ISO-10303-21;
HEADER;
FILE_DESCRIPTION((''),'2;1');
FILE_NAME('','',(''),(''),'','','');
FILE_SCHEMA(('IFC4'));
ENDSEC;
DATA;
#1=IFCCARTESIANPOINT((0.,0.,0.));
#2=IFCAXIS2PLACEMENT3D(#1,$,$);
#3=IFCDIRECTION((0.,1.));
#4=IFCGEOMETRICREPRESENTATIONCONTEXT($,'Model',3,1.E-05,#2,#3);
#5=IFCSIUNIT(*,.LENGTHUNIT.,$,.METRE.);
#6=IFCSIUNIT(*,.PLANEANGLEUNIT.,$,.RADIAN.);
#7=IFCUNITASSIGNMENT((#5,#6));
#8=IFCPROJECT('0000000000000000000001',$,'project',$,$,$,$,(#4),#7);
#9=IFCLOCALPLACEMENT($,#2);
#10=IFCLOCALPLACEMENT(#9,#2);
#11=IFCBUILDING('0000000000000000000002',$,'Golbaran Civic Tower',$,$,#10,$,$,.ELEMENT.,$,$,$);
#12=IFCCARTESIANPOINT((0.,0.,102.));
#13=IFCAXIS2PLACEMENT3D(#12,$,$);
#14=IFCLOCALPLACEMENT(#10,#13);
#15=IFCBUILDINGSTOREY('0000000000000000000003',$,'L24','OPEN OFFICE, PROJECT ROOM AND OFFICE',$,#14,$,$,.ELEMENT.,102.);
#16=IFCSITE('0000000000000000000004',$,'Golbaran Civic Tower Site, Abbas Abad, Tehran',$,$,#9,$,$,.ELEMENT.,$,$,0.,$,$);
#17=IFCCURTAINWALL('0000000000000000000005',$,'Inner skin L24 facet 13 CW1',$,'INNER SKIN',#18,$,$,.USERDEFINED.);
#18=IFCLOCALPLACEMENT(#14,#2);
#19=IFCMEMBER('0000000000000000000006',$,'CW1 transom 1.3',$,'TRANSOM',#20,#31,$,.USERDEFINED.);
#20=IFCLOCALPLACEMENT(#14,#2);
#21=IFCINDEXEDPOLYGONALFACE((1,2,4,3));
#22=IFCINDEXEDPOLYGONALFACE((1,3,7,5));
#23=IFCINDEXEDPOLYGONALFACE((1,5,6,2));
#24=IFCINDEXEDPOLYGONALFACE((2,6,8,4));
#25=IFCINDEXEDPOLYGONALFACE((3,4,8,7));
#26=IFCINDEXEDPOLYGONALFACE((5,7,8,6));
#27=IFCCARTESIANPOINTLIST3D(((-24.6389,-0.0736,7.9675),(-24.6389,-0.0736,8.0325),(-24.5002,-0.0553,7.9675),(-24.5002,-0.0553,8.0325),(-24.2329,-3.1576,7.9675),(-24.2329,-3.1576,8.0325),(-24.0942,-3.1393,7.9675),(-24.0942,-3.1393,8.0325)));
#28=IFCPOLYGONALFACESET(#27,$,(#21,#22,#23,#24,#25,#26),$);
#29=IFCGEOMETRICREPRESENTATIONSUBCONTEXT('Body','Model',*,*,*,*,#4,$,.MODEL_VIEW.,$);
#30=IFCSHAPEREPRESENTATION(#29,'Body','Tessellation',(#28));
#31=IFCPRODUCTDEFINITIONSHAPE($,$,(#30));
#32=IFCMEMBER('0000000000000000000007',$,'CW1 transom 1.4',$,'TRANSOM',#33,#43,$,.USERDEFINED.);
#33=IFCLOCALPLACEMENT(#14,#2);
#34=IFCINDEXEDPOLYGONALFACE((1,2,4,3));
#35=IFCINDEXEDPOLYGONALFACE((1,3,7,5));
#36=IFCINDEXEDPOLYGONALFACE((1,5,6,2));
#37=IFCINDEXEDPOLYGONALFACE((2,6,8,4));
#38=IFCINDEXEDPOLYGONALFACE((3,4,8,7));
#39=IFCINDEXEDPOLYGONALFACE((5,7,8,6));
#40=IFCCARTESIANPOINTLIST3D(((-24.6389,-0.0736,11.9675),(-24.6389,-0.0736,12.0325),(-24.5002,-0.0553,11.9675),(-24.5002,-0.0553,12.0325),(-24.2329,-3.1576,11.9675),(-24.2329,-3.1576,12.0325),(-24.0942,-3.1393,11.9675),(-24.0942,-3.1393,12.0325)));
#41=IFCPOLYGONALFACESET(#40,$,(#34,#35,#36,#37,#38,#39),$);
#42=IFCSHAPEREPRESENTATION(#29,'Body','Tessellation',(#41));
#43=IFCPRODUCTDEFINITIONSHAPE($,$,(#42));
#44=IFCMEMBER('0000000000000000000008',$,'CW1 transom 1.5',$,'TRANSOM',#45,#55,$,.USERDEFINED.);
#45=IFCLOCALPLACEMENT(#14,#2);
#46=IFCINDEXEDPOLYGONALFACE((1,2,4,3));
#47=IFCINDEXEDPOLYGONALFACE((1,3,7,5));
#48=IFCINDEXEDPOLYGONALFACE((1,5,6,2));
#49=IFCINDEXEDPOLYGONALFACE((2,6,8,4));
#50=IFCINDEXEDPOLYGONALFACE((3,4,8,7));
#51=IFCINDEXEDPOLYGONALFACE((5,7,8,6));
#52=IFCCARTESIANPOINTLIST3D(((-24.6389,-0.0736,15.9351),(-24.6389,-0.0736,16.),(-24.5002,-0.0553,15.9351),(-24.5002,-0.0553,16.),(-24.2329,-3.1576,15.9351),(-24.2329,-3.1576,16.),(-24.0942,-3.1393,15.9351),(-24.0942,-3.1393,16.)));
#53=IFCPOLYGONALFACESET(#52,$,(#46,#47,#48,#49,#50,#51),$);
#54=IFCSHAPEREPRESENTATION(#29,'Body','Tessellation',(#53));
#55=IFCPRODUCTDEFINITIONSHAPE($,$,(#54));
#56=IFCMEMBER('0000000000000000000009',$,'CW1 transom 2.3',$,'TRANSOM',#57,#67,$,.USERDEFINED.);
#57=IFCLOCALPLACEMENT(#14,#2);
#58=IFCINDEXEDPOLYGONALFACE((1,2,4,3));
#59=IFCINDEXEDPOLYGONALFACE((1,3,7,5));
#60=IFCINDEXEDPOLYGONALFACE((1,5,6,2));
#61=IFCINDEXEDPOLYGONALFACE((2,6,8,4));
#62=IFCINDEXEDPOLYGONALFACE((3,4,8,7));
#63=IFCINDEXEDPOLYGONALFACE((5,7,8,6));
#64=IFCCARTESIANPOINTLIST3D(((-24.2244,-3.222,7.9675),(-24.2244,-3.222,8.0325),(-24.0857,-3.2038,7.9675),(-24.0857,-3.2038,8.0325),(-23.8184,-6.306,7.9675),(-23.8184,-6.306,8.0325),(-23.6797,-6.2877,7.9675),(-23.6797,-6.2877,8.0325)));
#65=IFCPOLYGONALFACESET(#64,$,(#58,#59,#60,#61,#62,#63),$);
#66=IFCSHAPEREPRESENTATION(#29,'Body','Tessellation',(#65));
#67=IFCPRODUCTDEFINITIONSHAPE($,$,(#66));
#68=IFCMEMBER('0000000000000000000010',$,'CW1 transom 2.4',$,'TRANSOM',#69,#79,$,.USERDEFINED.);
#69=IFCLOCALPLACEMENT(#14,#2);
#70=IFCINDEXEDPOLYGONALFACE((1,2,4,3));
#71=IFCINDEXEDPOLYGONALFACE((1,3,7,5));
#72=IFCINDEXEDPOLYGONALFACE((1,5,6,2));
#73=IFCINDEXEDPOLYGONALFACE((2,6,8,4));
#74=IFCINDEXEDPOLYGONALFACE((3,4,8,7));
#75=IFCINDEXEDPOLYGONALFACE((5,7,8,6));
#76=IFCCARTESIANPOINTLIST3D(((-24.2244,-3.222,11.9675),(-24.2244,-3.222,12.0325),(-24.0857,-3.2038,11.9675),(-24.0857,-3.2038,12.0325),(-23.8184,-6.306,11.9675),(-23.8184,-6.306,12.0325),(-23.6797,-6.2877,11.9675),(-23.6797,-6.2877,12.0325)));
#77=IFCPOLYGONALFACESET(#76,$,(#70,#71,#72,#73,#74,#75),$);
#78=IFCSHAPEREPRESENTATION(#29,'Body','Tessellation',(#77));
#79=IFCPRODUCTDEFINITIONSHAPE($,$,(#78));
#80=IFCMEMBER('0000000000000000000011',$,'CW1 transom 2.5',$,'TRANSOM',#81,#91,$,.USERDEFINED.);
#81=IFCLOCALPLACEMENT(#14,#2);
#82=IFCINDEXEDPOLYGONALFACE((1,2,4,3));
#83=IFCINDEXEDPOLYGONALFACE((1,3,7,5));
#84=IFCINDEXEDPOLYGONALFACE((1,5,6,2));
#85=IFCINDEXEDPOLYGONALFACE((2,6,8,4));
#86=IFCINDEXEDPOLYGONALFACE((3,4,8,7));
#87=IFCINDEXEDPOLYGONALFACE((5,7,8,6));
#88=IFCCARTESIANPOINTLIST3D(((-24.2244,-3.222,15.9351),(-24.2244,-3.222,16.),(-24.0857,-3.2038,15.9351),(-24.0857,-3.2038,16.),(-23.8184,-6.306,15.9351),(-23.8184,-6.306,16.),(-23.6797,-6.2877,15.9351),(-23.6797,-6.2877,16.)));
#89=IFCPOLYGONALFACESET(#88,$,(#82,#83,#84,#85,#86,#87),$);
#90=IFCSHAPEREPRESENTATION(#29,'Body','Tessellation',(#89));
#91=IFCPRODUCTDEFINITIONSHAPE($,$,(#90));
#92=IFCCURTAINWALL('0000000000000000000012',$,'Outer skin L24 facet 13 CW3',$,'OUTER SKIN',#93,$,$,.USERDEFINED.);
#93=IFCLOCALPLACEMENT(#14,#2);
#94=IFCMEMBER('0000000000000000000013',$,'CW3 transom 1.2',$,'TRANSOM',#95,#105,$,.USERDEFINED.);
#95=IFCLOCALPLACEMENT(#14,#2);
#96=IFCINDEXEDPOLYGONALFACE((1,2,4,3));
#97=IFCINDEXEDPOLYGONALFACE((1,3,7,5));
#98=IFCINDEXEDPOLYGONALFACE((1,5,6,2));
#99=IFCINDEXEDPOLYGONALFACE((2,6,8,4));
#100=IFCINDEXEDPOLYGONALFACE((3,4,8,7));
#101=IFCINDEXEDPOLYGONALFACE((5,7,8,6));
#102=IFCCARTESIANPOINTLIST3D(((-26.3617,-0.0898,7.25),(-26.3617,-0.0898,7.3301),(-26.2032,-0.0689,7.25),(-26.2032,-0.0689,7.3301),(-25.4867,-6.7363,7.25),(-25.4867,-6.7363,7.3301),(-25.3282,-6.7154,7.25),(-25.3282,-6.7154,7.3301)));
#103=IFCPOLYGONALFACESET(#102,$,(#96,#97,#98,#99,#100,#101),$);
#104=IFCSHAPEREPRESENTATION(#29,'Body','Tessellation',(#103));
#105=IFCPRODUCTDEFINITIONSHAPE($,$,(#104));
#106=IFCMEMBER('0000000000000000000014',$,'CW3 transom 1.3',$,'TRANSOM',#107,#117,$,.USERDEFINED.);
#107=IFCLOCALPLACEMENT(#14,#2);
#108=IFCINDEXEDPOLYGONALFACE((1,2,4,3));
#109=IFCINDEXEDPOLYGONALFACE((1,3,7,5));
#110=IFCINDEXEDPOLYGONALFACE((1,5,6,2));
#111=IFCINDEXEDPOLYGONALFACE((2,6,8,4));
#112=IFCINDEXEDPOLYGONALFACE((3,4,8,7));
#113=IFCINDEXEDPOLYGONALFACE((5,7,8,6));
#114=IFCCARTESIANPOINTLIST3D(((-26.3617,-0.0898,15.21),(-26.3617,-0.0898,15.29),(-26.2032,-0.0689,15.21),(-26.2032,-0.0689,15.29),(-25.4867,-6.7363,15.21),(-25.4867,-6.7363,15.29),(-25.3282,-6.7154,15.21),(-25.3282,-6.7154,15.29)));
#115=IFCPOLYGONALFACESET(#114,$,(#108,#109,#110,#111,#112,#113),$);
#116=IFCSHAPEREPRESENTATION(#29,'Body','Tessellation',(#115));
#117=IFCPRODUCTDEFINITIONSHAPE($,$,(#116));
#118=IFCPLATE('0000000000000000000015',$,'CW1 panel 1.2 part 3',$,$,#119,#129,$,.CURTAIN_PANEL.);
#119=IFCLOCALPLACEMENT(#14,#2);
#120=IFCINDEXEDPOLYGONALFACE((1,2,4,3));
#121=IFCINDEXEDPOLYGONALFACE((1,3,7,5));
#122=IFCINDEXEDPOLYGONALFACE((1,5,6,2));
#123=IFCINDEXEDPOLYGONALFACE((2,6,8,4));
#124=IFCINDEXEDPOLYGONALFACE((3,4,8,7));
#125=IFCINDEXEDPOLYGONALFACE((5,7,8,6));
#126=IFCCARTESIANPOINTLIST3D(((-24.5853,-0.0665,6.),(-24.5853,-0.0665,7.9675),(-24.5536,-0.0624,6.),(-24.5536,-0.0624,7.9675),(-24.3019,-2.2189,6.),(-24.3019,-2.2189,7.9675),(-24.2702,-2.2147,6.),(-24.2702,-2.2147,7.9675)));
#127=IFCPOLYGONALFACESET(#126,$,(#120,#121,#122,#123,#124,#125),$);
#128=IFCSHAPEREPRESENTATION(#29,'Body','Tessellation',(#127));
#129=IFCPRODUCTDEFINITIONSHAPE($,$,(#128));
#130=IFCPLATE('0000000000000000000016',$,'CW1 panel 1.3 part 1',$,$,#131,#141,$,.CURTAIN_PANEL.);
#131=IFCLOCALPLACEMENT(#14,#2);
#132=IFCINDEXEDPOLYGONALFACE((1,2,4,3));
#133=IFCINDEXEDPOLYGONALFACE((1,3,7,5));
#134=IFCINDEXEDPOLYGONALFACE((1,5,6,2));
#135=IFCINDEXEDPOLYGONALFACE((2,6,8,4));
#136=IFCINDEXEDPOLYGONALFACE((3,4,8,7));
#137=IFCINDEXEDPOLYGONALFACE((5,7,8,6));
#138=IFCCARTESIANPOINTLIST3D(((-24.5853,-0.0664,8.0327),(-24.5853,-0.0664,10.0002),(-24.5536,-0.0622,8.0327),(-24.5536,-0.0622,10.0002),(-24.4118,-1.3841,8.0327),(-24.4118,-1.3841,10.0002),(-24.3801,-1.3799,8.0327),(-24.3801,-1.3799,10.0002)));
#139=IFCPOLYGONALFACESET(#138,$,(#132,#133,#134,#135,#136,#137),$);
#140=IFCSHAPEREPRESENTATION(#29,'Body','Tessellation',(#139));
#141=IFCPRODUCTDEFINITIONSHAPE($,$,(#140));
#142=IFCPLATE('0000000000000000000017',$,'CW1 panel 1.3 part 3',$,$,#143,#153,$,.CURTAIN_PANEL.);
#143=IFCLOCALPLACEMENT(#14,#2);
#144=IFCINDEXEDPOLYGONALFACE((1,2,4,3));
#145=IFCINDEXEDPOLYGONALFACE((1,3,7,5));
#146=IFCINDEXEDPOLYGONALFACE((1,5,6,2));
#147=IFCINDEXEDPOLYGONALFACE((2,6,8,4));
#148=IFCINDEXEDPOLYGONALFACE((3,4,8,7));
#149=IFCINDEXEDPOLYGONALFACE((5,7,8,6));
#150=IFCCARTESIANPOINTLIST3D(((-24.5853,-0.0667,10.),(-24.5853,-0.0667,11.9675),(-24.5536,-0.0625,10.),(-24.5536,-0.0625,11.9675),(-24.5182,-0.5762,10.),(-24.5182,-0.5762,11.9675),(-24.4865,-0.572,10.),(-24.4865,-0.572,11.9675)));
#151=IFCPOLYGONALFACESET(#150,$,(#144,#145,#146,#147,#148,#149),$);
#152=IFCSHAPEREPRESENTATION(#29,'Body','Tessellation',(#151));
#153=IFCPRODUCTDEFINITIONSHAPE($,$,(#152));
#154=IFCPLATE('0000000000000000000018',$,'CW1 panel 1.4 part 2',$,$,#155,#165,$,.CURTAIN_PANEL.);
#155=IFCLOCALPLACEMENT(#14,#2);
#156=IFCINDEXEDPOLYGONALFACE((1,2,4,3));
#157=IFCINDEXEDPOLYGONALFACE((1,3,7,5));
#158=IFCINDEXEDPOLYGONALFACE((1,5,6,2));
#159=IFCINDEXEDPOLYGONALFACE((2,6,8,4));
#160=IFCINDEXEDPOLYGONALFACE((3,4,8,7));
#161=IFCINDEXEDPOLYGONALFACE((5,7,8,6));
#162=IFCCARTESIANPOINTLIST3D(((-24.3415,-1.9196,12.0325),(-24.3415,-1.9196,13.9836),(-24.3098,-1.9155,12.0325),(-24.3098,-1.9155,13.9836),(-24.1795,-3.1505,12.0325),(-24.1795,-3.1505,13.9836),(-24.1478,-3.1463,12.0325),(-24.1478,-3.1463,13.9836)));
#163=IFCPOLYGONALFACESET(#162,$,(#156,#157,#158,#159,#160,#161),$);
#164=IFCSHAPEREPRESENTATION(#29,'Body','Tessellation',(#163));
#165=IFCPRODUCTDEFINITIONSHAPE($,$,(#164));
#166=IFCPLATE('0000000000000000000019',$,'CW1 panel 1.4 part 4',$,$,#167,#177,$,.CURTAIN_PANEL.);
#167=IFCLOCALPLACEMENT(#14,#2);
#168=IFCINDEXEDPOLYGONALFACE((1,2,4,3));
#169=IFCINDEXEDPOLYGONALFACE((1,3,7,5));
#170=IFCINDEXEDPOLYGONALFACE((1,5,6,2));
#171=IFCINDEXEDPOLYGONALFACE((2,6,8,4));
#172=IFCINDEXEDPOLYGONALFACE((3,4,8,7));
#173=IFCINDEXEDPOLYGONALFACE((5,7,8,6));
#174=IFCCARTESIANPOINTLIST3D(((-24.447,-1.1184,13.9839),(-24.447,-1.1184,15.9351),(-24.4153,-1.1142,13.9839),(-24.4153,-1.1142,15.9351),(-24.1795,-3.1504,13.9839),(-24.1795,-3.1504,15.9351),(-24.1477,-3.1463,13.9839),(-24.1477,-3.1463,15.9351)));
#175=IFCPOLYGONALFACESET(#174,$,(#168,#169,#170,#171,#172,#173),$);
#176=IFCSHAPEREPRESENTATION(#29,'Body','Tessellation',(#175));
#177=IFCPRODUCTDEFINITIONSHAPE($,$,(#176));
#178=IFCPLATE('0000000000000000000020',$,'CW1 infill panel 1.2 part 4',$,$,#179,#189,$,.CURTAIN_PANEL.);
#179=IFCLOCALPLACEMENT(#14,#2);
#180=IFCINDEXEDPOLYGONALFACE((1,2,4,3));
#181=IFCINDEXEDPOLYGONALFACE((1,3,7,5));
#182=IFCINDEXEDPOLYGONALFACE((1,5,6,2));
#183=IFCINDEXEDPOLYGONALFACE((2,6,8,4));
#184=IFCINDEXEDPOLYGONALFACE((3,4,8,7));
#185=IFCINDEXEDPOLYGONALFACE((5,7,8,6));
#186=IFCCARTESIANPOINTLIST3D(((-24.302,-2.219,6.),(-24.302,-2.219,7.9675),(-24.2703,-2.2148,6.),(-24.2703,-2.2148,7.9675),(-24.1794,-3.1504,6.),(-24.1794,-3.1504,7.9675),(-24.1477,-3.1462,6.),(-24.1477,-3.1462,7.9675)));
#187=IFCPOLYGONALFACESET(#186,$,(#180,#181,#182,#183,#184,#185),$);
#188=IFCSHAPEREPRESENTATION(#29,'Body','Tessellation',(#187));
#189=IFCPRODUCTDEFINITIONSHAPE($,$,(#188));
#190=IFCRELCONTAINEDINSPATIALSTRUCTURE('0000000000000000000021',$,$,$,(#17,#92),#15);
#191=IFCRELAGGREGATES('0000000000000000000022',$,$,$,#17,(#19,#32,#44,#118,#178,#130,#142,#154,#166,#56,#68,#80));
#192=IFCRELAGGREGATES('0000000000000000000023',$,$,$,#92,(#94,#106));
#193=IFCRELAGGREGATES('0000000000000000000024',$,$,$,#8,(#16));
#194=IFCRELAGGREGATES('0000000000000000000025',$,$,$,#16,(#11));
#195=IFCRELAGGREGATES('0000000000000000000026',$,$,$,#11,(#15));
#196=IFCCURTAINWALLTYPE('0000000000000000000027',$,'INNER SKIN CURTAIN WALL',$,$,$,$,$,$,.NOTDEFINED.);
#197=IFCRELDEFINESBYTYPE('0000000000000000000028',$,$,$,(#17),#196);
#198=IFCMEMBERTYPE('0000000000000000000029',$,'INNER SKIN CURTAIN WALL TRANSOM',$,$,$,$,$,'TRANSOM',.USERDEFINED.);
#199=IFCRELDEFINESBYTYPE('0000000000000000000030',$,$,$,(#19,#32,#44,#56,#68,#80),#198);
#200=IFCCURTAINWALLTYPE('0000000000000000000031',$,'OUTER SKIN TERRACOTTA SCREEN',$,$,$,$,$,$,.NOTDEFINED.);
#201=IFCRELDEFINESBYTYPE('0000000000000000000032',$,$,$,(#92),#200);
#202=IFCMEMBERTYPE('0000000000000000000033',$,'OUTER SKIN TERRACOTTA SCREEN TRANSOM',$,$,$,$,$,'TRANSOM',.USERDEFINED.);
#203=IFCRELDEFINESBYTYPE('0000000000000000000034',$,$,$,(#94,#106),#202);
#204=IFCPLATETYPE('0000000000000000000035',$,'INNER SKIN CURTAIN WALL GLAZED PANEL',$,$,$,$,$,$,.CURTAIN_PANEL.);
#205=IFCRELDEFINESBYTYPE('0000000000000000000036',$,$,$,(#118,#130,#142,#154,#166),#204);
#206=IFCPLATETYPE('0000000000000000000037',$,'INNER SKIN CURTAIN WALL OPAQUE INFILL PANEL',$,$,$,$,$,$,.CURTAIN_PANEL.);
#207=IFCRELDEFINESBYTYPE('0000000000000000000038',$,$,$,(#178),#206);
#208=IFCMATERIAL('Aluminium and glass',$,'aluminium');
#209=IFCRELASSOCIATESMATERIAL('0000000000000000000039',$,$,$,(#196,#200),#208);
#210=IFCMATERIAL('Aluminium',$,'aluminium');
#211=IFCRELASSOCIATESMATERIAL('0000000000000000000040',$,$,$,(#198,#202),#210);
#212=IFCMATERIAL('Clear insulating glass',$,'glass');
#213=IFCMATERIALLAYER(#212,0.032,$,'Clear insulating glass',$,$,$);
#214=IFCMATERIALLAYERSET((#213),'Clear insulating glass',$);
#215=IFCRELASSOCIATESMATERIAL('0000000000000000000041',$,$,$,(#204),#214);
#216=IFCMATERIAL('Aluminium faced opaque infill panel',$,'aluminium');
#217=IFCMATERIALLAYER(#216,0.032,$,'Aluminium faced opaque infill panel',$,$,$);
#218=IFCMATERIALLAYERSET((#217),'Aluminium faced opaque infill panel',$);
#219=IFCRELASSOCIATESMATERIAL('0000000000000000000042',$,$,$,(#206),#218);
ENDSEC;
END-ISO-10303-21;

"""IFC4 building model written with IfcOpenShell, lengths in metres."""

from ifc_helpers import new_model, si_unit, direction, frame, origin, origin_2d, place, context, subcontext, project, spatial, rectangle, extrude, material, layer, layer_set, material_profile, profile_set, type_object, element, aggregate, save


model = new_model("IFC4")

# Units and contexts
model_context = context("Model", 3, precision=1e-05, world=origin(), true_north=direction((0.0, 1.0)))
body_context = subcontext(model_context, "Body", "Model", "MODEL_VIEW")
ifc_project = project(units=[si_unit("LENGTHUNIT", "METRE"), si_unit("PLANEANGLEUNIT", "RADIAN")], contexts=[model_context])

# Site, building, storey
site_placement = place(None, origin())
site = spatial("IfcSite", under=ifc_project, at=site_placement, Name="Golbaran Civic Tower Site, Abbas Abad, Tehran", CompositionType="ELEMENT", RefElevation=0.0)
building_placement = place(site_placement, origin())
building = spatial("IfcBuilding", under=site, at=building_placement, Name="Golbaran Civic Tower", CompositionType="ELEMENT")
storey_placement = place(building_placement, frame((0.0, 0.0, 102.0)))
storey = spatial("IfcBuildingStorey", under=building, at=storey_placement, Name="L24", Description="OPEN OFFICE, PROJECT ROOM AND OFFICE", CompositionType="ELEMENT", Elevation=102.0)

# Curtain walls, members
ifc_material_1 = material(Name="Aluminium and glass", Category="aluminium")
curtain_wall_type_1 = type_object("IfcCurtainWallType", Name="INNER SKIN CURTAIN WALL", PredefinedType="NOTDEFINED", material=ifc_material_1)
curtain_wall_1_placement = place(storey_placement, origin())
curtain_wall_1 = element("IfcCurtainWall", 1, at=curtain_wall_1_placement, inside=storey, type_object=curtain_wall_type_1, Name="Inner skin L24 facet 13 CW1", ObjectType="INNER SKIN", PredefinedType="USERDEFINED")
ifc_material_2 = material(Name="Aluminium", Category="aluminium")
ifc_material_profile_1 = material_profile(ifc_material_2, rectangle(XDim=0.1399, YDim=0.0649, at=origin_2d()), Name="INNER SKIN CURTAIN WALL TRANSOM")
ifc_profile_set_1 = profile_set([ifc_material_profile_1], Name="Aluminium")
member_type_1 = type_object("IfcMemberType", Name="INNER SKIN CURTAIN WALL TRANSOM", ElementType="TRANSOM", PredefinedType="USERDEFINED", material=ifc_profile_set_1)
member_1_placement = place(storey_placement, frame((-24.5696, -0.0645, 8.0), z_axis=(0.130524, -0.991445, 0.0), x_axis=(0.991445, 0.130524, 0.0)))
member_1 = element("IfcMember", 2, at=member_1_placement, type_object=member_type_1, Name="CW1 transom 1.3", ObjectType="TRANSOM", PredefinedType="USERDEFINED", context=body_context, shape_type="SweptSolid", body=[
    extrude(rectangle(XDim=0.1399, YDim=0.0649, at=origin_2d()), origin(), (0.0, 0.0, 1.0), 3.1106),
])
member_2_placement = place(storey_placement, frame((-24.5696, -0.0645, 12.0), z_axis=(0.130524, -0.991445, 0.0), x_axis=(0.991445, 0.130524, 0.0)))
member_2 = element("IfcMember", 3, at=member_2_placement, type_object=member_type_1, Name="CW1 transom 1.4", ObjectType="TRANSOM", PredefinedType="USERDEFINED", context=body_context, shape_type="SweptSolid", body=[
    extrude(rectangle(XDim=0.1399, YDim=0.0649, at=origin_2d()), origin(), (0.0, 0.0, 1.0), 3.1106),
])
member_3_placement = place(storey_placement, frame((-24.5696, -0.0645, 15.9675), z_axis=(0.130524, -0.991445, 0.0), x_axis=(0.991445, 0.130524, 0.0)))
member_3 = element("IfcMember", 4, at=member_3_placement, type_object=member_type_1, Name="CW1 transom 1.5", ObjectType="TRANSOM", PredefinedType="USERDEFINED", context=body_context, shape_type="SweptSolid", body=[
    extrude(rectangle(XDim=0.1399, YDim=0.0649, at=origin_2d()), origin(), (0.0, 0.0, 1.0), 3.1106),
])
member_4_placement = place(storey_placement, frame((-24.155, -3.2129, 8.0), z_axis=(0.130524, -0.991445, 0.0), x_axis=(0.991445, 0.130524, 0.0)))
member_4 = element("IfcMember", 5, at=member_4_placement, type_object=member_type_1, Name="CW1 transom 2.3", ObjectType="TRANSOM", PredefinedType="USERDEFINED", context=body_context, shape_type="SweptSolid", body=[
    extrude(rectangle(XDim=0.1399, YDim=0.0649, at=origin_2d()), origin(), (0.0, 0.0, 1.0), 3.1106),
])
member_5_placement = place(storey_placement, frame((-24.155, -3.2129, 12.0), z_axis=(0.130524, -0.991445, 0.0), x_axis=(0.991445, 0.130524, 0.0)))
member_5 = element("IfcMember", 6, at=member_5_placement, type_object=member_type_1, Name="CW1 transom 2.4", ObjectType="TRANSOM", PredefinedType="USERDEFINED", context=body_context, shape_type="SweptSolid", body=[
    extrude(rectangle(XDim=0.1399, YDim=0.0649, at=origin_2d()), origin(), (0.0, 0.0, 1.0), 3.1106),
])
member_6_placement = place(storey_placement, frame((-24.155, -3.2129, 15.9675), z_axis=(0.130524, -0.991445, 0.0), x_axis=(0.991445, 0.130524, 0.0)))
member_6 = element("IfcMember", 7, at=member_6_placement, type_object=member_type_1, Name="CW1 transom 2.5", ObjectType="TRANSOM", PredefinedType="USERDEFINED", context=body_context, shape_type="SweptSolid", body=[
    extrude(rectangle(XDim=0.1399, YDim=0.0649, at=origin_2d()), origin(), (0.0, 0.0, 1.0), 3.1106),
])
curtain_wall_type_2 = type_object("IfcCurtainWallType", Name="OUTER SKIN TERRACOTTA SCREEN", PredefinedType="NOTDEFINED", material=ifc_material_1)
curtain_wall_2_placement = place(storey_placement, origin())
curtain_wall_2 = element("IfcCurtainWall", 8, at=curtain_wall_2_placement, inside=storey, type_object=curtain_wall_type_2, Name="Outer skin L24 facet 13 CW3", ObjectType="OUTER SKIN", PredefinedType="USERDEFINED")
ifc_material_profile_2 = material_profile(ifc_material_2, rectangle(XDim=0.1599, YDim=0.0801, at=origin_2d()), Name="OUTER SKIN TERRACOTTA SCREEN TRANSOM")
ifc_profile_set_2 = profile_set([ifc_material_profile_2], Name="Aluminium")
member_type_2 = type_object("IfcMemberType", Name="OUTER SKIN TERRACOTTA SCREEN TRANSOM", ElementType="TRANSOM", PredefinedType="USERDEFINED", material=ifc_profile_set_2)
member_7_placement = place(storey_placement, frame((-26.2825, -0.0793, 7.29), z_axis=(0.130522, -0.991445, 0.0), x_axis=(0.991445, 0.130522, 0.0)))
member_7 = element("IfcMember", 9, at=member_7_placement, type_object=member_type_2, Name="CW3 transom 1.2", ObjectType="TRANSOM", PredefinedType="USERDEFINED", context=body_context, shape_type="SweptSolid", body=[
    extrude(rectangle(XDim=0.1599, YDim=0.0801, at=origin_2d()), origin(), (0.0, 0.0, 1.0), 6.7039),
])
member_8_placement = place(storey_placement, frame((-26.2825, -0.0793, 15.25), z_axis=(0.130522, -0.991445, 0.0), x_axis=(0.991445, 0.130522, 0.0)))
member_8 = element("IfcMember", 10, at=member_8_placement, type_object=member_type_2, Name="CW3 transom 1.3", ObjectType="TRANSOM", PredefinedType="USERDEFINED", context=body_context, shape_type="SweptSolid", body=[
    extrude(rectangle(XDim=0.1599, YDim=0.0801, at=origin_2d()), origin(), (0.0, 0.0, 1.0), 6.7039),
])

# Plates
ifc_material_3 = material(Name="Clear insulating glass", Category="glass")
ifc_layer_1 = layer(ifc_material_3, 0.032, Name="Clear insulating glass")
ifc_layer_set_1 = layer_set([ifc_layer_1], Name="Clear insulating glass")
plate_type_1 = type_object("IfcPlateType", Name="INNER SKIN CURTAIN WALL GLAZED PANEL", PredefinedType="CURTAIN_PANEL", material=ifc_layer_set_1)
plate_1_placement = place(storey_placement, frame((-24.4277, -1.1406, 6.0), z_axis=(0.0, 0.0, 1.0), x_axis=(0.130526, -0.991445, 0.0)))
plate_1 = element("IfcPlate", 11, at=plate_1_placement, type_object=plate_type_1, Name="CW1 panel 1.2 part 3", PredefinedType="CURTAIN_PANEL", context=body_context, shape_type="SweptSolid", body=[
    extrude(rectangle(XDim=2.1709, YDim=0.032, at=origin_2d()), origin(), (0.0, 0.0, 1.0), 1.9675),
])
plate_2_placement = place(storey_placement, frame((-24.4827, -0.7231, 8.0327), z_axis=(0.0, 0.0, 1.0), x_axis=(0.130526, -0.991445, 0.0)))
plate_2 = element("IfcPlate", 12, at=plate_2_placement, type_object=plate_type_1, Name="CW1 panel 1.3 part 1", PredefinedType="CURTAIN_PANEL", context=body_context, shape_type="SweptSolid", body=[
    extrude(rectangle(XDim=1.3291, YDim=0.032, at=origin_2d()), origin(), (0.0, 0.0, 1.0), 1.9675),
])
plate_3_placement = place(storey_placement, frame((-24.5359, -0.3193, 10.0), z_axis=(0.0, 0.0, 1.0), x_axis=(0.130526, -0.991445, 0.0)))
plate_3 = element("IfcPlate", 13, at=plate_3_placement, type_object=plate_type_1, Name="CW1 panel 1.3 part 3", PredefinedType="CURTAIN_PANEL", context=body_context, shape_type="SweptSolid", body=[
    extrude(rectangle(XDim=0.5139, YDim=0.032, at=origin_2d()), origin(), (0.0, 0.0, 1.0), 1.9675),
])
plate_4_placement = place(storey_placement, frame((-24.2446, -2.533, 12.0325), z_axis=(0.0, 0.0, 1.0), x_axis=(0.130526, -0.991445, 0.0)))
plate_4 = element("IfcPlate", 14, at=plate_4_placement, type_object=plate_type_1, Name="CW1 panel 1.4 part 2", PredefinedType="CURTAIN_PANEL", context=body_context, shape_type="SweptSolid", body=[
    extrude(rectangle(XDim=1.2415, YDim=0.032, at=origin_2d()), origin(), (0.0, 0.0, 1.0), 1.9512),
])
plate_5_placement = place(storey_placement, frame((-24.2974, -2.1323, 13.9839), z_axis=(0.0, 0.0, 1.0), x_axis=(0.130526, -0.991445, 0.0)))
plate_5 = element("IfcPlate", 15, at=plate_5_placement, type_object=plate_type_1, Name="CW1 panel 1.4 part 4", PredefinedType="CURTAIN_PANEL", context=body_context, shape_type="SweptSolid", body=[
    extrude(rectangle(XDim=2.0496, YDim=0.032, at=origin_2d()), origin(), (0.0, 0.0, 1.0), 1.9512),
])
ifc_material_4 = material(Name="Aluminium faced opaque infill panel", Category="aluminium")
ifc_layer_2 = layer(ifc_material_4, 0.032, Name="Aluminium faced opaque infill panel")
ifc_layer_set_2 = layer_set([ifc_layer_2], Name="Aluminium faced opaque infill panel")
plate_type_2 = type_object("IfcPlateType", Name="INNER SKIN CURTAIN WALL OPAQUE INFILL PANEL", PredefinedType="CURTAIN_PANEL", material=ifc_layer_set_2)
plate_6_placement = place(storey_placement, frame((-24.2249, -2.6826, 6.0), z_axis=(0.0, 0.0, 1.0), x_axis=(0.130526, -0.991445, 0.0)))
plate_6 = element("IfcPlate", 16, at=plate_6_placement, type_object=plate_type_2, Name="CW1 infill panel 1.2 part 4", PredefinedType="CURTAIN_PANEL", context=body_context, shape_type="SweptSolid", body=[
    extrude(rectangle(XDim=0.9395, YDim=0.032, at=origin_2d()), origin(), (0.0, 0.0, 1.0), 1.9675),
])
aggregate(curtain_wall_1, [member_1, member_2, member_3, plate_1, plate_6, plate_2, plate_3, plate_4, plate_5, member_4, member_5, member_6])
aggregate(curtain_wall_2, [member_7, member_8])

save(model, "model.ifc")
